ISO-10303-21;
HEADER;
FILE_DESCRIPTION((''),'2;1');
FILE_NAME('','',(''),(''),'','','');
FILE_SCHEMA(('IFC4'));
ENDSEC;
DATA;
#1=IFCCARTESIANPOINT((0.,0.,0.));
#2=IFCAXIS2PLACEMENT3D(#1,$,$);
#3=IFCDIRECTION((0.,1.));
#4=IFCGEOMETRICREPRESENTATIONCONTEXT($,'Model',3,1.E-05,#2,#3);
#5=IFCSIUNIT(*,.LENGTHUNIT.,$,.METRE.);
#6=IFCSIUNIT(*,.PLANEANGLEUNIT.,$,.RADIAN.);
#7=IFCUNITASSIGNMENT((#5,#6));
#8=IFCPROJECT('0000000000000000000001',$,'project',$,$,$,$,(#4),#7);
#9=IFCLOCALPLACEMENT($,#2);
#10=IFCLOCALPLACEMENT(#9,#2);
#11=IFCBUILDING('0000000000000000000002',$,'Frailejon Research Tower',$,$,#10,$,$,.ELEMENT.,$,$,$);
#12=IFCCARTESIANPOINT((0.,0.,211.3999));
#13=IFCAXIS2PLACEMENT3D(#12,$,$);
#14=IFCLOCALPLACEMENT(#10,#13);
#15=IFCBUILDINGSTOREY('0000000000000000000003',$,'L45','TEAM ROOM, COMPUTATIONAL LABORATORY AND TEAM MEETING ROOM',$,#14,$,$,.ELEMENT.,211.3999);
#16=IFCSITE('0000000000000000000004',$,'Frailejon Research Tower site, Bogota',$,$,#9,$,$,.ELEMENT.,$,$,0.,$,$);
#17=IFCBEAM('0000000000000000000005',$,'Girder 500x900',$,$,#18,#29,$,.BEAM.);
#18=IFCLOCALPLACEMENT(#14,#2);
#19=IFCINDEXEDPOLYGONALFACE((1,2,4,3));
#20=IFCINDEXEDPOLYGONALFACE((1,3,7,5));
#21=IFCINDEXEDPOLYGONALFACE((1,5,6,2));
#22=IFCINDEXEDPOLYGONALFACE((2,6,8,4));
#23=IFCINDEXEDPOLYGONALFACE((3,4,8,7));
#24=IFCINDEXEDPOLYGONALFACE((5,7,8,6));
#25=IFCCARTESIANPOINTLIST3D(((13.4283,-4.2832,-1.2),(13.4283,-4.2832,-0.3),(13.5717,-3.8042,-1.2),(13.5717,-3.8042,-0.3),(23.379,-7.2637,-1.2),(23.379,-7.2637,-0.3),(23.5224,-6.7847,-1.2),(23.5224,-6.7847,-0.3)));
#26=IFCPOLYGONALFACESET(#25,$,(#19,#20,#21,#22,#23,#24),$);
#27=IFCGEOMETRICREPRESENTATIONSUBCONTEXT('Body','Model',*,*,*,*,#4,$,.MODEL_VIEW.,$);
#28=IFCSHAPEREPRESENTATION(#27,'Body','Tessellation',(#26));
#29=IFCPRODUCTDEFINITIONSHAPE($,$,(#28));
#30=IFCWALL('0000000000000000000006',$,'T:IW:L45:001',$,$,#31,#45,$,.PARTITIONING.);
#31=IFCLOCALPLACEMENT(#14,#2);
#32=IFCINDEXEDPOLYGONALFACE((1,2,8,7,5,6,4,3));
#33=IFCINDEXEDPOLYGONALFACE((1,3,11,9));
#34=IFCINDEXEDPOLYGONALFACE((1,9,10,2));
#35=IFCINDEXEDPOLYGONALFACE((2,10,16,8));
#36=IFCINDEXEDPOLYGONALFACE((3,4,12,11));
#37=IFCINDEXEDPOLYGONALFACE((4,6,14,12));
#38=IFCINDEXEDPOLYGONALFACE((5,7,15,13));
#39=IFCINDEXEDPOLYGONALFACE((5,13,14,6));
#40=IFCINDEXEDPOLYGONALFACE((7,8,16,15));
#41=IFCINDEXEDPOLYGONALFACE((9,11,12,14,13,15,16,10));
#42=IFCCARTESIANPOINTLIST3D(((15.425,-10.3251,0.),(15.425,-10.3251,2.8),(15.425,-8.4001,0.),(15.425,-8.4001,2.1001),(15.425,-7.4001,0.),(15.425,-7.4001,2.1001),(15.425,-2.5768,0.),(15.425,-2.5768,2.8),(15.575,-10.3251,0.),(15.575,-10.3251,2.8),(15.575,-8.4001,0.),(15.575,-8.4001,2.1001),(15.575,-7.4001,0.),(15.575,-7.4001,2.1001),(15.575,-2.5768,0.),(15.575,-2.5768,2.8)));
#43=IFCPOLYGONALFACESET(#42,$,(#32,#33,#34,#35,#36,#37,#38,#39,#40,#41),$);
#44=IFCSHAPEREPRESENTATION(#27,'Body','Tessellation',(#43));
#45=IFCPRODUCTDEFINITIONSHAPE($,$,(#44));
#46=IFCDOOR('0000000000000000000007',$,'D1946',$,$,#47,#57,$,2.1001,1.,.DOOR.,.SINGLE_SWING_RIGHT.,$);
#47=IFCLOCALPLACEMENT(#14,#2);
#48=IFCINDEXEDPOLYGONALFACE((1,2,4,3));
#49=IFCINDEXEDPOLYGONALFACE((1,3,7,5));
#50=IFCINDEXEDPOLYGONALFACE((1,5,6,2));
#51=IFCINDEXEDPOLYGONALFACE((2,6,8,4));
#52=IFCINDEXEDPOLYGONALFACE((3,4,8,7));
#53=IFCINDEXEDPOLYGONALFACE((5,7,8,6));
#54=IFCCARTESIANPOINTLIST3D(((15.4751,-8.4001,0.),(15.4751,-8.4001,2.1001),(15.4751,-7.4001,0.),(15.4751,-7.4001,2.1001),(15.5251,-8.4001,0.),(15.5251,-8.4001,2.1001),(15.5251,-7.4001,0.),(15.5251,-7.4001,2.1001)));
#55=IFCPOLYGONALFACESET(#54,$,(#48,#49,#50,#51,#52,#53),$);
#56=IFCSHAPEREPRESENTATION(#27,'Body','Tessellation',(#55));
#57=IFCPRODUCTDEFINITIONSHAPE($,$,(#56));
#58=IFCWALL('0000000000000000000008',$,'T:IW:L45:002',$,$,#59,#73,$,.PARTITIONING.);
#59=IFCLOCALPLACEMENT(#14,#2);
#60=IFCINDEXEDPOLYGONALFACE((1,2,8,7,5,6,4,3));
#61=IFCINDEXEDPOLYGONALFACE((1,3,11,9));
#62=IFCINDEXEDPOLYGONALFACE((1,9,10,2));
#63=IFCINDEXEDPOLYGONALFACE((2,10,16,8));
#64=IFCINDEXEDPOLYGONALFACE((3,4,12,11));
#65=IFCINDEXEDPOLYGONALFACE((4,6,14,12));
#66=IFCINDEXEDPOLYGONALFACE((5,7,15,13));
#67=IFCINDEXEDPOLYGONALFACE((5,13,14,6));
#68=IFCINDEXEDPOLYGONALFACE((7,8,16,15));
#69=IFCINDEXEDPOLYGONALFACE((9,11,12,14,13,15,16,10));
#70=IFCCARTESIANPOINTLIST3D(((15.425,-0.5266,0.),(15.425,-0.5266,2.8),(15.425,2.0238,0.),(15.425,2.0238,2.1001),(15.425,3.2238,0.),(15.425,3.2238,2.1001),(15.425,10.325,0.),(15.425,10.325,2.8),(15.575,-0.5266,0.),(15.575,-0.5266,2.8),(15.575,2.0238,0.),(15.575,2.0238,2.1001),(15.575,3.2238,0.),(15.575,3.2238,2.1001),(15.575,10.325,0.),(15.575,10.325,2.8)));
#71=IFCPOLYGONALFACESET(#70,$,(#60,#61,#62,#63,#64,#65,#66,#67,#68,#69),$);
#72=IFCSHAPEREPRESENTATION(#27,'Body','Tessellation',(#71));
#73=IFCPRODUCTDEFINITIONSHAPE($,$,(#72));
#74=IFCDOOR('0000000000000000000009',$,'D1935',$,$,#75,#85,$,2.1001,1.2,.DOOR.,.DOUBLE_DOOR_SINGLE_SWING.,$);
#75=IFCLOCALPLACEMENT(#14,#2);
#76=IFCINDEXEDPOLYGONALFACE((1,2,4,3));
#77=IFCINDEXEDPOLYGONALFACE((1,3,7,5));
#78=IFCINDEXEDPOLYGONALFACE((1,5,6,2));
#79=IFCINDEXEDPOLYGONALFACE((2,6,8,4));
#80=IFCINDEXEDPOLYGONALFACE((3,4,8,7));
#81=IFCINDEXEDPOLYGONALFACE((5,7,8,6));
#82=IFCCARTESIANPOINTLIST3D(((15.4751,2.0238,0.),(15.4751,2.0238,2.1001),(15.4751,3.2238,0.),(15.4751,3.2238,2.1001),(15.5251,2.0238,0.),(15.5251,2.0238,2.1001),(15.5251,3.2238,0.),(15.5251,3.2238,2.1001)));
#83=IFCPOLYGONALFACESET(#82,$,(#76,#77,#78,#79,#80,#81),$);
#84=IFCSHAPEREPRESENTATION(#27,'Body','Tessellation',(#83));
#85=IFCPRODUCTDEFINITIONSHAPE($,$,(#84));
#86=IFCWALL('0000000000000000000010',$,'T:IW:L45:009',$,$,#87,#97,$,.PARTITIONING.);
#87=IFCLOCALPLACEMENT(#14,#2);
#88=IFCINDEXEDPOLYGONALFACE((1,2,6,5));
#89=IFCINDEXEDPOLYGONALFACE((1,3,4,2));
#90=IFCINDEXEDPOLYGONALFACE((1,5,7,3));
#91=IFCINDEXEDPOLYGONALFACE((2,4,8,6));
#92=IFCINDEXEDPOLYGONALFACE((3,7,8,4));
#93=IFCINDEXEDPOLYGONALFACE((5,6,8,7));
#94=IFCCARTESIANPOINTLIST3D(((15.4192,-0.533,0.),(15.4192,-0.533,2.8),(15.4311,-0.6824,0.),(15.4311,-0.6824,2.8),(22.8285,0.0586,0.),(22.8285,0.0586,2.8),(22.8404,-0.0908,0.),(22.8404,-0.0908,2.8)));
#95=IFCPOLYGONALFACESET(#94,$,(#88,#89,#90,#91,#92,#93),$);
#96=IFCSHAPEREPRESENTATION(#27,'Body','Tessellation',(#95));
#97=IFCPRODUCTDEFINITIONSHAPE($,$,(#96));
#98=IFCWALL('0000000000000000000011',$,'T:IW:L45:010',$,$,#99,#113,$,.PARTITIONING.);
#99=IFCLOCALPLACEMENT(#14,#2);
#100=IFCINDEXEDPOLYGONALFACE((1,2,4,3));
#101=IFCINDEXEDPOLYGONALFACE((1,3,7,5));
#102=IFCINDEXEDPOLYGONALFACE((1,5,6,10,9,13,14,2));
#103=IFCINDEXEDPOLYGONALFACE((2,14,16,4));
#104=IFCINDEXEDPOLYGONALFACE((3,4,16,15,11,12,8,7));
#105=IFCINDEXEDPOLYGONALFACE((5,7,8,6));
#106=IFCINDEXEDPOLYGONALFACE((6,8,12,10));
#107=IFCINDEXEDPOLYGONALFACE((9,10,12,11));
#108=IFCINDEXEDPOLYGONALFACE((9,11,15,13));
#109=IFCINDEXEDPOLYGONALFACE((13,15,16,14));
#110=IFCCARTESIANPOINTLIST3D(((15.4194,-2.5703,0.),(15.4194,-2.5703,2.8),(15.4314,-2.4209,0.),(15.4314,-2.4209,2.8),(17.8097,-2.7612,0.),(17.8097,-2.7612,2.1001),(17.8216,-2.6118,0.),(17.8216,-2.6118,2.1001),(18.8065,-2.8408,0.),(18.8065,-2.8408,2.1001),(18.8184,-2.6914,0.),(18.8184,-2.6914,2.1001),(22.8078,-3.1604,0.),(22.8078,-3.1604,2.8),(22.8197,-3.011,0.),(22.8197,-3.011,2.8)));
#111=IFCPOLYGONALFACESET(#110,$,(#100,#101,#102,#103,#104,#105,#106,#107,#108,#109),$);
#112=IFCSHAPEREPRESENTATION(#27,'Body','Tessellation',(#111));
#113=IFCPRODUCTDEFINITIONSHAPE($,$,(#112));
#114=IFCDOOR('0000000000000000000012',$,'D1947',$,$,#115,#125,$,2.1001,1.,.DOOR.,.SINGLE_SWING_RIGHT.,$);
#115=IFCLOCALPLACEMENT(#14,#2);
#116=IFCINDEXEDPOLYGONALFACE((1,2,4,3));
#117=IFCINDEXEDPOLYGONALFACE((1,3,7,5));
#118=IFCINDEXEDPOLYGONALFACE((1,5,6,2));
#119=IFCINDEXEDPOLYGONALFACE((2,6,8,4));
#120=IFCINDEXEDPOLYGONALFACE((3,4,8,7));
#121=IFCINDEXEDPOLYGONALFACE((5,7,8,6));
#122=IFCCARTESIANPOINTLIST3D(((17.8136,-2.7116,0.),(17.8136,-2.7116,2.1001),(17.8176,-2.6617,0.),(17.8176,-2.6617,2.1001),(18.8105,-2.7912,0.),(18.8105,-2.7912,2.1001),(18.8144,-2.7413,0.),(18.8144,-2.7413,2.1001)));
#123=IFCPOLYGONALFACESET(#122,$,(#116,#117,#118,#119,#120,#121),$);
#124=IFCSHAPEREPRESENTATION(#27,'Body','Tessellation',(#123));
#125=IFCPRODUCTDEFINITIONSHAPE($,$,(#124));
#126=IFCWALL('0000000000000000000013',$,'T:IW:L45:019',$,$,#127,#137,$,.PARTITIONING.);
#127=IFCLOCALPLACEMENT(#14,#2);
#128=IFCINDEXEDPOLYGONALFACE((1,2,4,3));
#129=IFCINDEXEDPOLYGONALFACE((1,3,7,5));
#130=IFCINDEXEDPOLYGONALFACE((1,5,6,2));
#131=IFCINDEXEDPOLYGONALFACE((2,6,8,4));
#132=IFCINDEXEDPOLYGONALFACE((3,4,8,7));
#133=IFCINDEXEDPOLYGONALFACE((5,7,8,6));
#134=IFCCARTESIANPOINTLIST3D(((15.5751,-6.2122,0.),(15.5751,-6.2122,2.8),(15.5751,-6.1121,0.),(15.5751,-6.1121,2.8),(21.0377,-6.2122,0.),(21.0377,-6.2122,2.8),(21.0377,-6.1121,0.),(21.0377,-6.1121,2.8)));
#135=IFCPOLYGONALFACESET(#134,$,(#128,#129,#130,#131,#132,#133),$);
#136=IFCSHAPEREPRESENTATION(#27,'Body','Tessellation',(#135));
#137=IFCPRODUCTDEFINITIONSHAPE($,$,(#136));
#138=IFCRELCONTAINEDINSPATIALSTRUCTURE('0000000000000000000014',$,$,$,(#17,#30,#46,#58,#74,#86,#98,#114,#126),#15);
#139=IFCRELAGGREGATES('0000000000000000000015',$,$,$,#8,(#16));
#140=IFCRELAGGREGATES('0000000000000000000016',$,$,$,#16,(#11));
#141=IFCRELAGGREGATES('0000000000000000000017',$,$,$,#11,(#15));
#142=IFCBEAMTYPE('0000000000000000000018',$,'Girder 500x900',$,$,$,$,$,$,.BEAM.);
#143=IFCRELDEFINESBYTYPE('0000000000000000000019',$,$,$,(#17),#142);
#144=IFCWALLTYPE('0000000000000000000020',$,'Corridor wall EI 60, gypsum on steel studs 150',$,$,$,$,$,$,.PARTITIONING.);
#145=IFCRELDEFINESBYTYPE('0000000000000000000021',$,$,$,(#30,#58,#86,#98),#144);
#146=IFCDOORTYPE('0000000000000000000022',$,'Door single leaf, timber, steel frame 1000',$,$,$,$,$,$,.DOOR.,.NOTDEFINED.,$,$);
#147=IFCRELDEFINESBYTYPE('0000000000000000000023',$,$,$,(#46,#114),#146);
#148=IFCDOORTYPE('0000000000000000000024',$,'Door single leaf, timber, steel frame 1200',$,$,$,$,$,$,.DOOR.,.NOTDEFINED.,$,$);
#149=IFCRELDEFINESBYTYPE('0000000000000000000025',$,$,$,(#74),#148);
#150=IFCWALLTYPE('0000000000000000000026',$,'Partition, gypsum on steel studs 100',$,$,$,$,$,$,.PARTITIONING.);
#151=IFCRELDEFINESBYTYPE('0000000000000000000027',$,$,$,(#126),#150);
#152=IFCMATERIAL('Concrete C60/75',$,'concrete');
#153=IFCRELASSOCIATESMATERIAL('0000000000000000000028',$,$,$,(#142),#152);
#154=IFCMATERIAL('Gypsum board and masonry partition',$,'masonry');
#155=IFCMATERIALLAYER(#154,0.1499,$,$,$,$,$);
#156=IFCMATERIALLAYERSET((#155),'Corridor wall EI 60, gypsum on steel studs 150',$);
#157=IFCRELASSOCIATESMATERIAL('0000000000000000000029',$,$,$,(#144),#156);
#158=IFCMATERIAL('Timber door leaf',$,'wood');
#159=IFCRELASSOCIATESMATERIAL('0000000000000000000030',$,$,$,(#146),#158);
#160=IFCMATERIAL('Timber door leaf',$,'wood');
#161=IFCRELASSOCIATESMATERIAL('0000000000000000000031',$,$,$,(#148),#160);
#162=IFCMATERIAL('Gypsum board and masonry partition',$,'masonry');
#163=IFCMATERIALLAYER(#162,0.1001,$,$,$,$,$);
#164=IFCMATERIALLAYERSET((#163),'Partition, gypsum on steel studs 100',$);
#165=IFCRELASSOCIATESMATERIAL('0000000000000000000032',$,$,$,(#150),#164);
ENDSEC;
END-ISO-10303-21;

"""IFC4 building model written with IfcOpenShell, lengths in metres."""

from ifc_helpers import new_model, si_unit, direction, frame, frame_2d, origin, origin_2d, place, context, subcontext, project, spatial, rectangle, extrude, material, layer, layer_set, material_profile, profile_set, type_object, element, fill, save


model = new_model("IFC4")

# Units and contexts
model_context = context("Model", 3, precision=1e-05, world=origin(), true_north=direction((0.0, 1.0)))
body_context = subcontext(model_context, "Body", "Model", "MODEL_VIEW")
ifc_project = project(units=[si_unit("LENGTHUNIT", "METRE"), si_unit("PLANEANGLEUNIT", "RADIAN")], contexts=[model_context])

# Site, building, storey
site_placement = place(None, origin())
site = spatial("IfcSite", under=ifc_project, at=site_placement, Name="Frailejon Research Tower site, Bogota", CompositionType="ELEMENT", RefElevation=0.0)
building_placement = place(site_placement, origin())
building = spatial("IfcBuilding", under=site, at=building_placement, Name="Frailejon Research Tower", CompositionType="ELEMENT")
storey_placement = place(building_placement, frame((0.0, 0.0, 211.3999)))
storey = spatial("IfcBuildingStorey", under=building, at=storey_placement, Name="L45", Description="TEAM ROOM, COMPUTATIONAL LABORATORY AND TEAM MEETING ROOM", CompositionType="ELEMENT", Elevation=211.3999)

# Beam
ifc_material_1 = material(Name="Concrete C60/75", Category="concrete")
ifc_material_profile_1 = material_profile(ifc_material_1, rectangle(XDim=0.5, YDim=0.8999, at=origin_2d()), Name="Girder 500x900")
ifc_profile_set_1 = profile_set([ifc_material_profile_1], Name="Concrete C60/75")
beam_type_1 = type_object("IfcBeamType", Name="Girder 500x900", PredefinedType="BEAM", material=ifc_profile_set_1)
beam_1_placement = place(storey_placement, frame((23.4507, -7.0242, -0.75), z_axis=(-0.957952, 0.28693, 0.0), x_axis=(-0.28693, -0.957952, 0.0)))
element("IfcBeam", 1, at=beam_1_placement, inside=storey, type_object=beam_type_1, Name="Girder 500x900", PredefinedType="BEAM", context=body_context, shape_type="SweptSolid", body=[
    extrude(rectangle(XDim=0.5, YDim=0.8999, at=origin_2d()), origin(), (0.0, 0.0, 1.0), 10.3875),
])

# Walls, openings, doors
ifc_material_2 = material(Name="Gypsum board and masonry partition", Category="masonry")
ifc_layer_1 = layer(ifc_material_2, 0.1499)
ifc_layer_set_1 = layer_set([ifc_layer_1], Name="Corridor wall EI 60, gypsum on steel studs 150")
wall_type_1 = type_object("IfcWallType", Name="Corridor wall EI 60, gypsum on steel studs 150", PredefinedType="PARTITIONING", material=ifc_layer_set_1)
wall_1_placement = place(storey_placement, frame((15.5, -10.325, 0.0), z_axis=(0.0, 0.0, 1.0), x_axis=(0.0, 1.0, 0.0)))
wall_1 = element("IfcWall", 2, at=wall_1_placement, inside=storey, type_object=wall_type_1, Name="T:IW:L45:001", PredefinedType="PARTITIONING", context=body_context, shape_type="SweptSolid", body=[
    extrude(rectangle(XDim=7.7483, YDim=0.1499, at=frame_2d((3.874, 0.0))), origin(), (0.0, 0.0, 1.0), 2.8),
])
opening_1_placement = place(wall_1_placement, frame((1.9248, 0.0, 0.0)))
opening_1 = element("IfcOpeningElement", 3, at=opening_1_placement, cuts=wall_1, PredefinedType="OPENING", context=body_context, shape_type="SweptSolid", body=[
    extrude(rectangle(XDim=1.0, YDim=2.1001, at=frame_2d((0.5, 1.05))), frame((0.0, 0.085, 0.0), z_axis=(0.0, -1.0, 0.0), x_axis=(1.0, 0.0, 0.0)), (0.0, 0.0, 1.0), 0.1699),
])
ifc_material_3 = material(Name="Timber door leaf", Category="wood")
door_type_1 = type_object("IfcDoorType", Name="Door single leaf, timber, steel frame 1000", OperationType="NOTDEFINED", PredefinedType="DOOR", material=ifc_material_3)
door_1_placement = place(opening_1_placement, origin())
door_1 = element("IfcDoor", 4, at=door_1_placement, inside=storey, type_object=door_type_1, Name="D1946", OperationType="SINGLE_SWING_RIGHT", OverallHeight=2.1001, OverallWidth=1.0, PredefinedType="DOOR", context=body_context, shape_type="SweptSolid", body=[
    extrude(rectangle(XDim=1.0, YDim=2.1001, at=frame_2d((0.5, 1.05))), frame((0.0, 0.0249, 0.0), z_axis=(0.0, -1.0, 0.0), x_axis=(1.0, 0.0, 0.0)), (0.0, 0.0, 1.0), 0.05),
])
fill(opening_1, door_1)
wall_2_placement = place(storey_placement, frame((15.5, -0.5266, 0.0), z_axis=(0.0, 0.0, 1.0), x_axis=(0.0, 1.0, 0.0)))
wall_2 = element("IfcWall", 5, at=wall_2_placement, inside=storey, type_object=wall_type_1, Name="T:IW:L45:002", PredefinedType="PARTITIONING", context=body_context, shape_type="SweptSolid", body=[
    extrude(rectangle(XDim=10.8516, YDim=0.1499, at=frame_2d((5.4258, 0.0))), origin(), (0.0, 0.0, 1.0), 2.8),
])
opening_2_placement = place(wall_2_placement, frame((2.5503, 0.0, 0.0)))
opening_2 = element("IfcOpeningElement", 6, at=opening_2_placement, cuts=wall_2, PredefinedType="OPENING", context=body_context, shape_type="SweptSolid", body=[
    extrude(rectangle(XDim=1.2, YDim=2.1001, at=frame_2d((0.6001, 1.05))), frame((0.0, 0.085, 0.0), z_axis=(0.0, -1.0, 0.0), x_axis=(1.0, 0.0, 0.0)), (0.0, 0.0, 1.0), 0.1699),
])
ifc_material_4 = material(Name="Timber door leaf", Category="wood")
door_type_2 = type_object("IfcDoorType", Name="Door single leaf, timber, steel frame 1200", OperationType="NOTDEFINED", PredefinedType="DOOR", material=ifc_material_4)
door_2_placement = place(opening_2_placement, origin())
door_2 = element("IfcDoor", 7, at=door_2_placement, inside=storey, type_object=door_type_2, Name="D1935", OperationType="DOUBLE_DOOR_SINGLE_SWING", OverallHeight=2.1001, OverallWidth=1.2, PredefinedType="DOOR", context=body_context, shape_type="SweptSolid", body=[
    extrude(rectangle(XDim=1.2, YDim=2.1001, at=frame_2d((0.6001, 1.05))), frame((0.0, 0.0249, 0.0), z_axis=(0.0, -1.0, 0.0), x_axis=(1.0, 0.0, 0.0)), (0.0, 0.0, 1.0), 0.05),
])
fill(opening_2, door_2)

# Wall
wall_3_placement = place(storey_placement, frame((15.4253, -0.6077, 0.0), z_axis=(0.0, 0.0, 1.0), x_axis=(0.996828, 0.079587, 0.0)))
element("IfcWall", 8, at=wall_3_placement, inside=storey, type_object=wall_type_1, Name="T:IW:L45:009", PredefinedType="PARTITIONING", context=body_context, shape_type="SweptSolid", body=[
    extrude(rectangle(XDim=7.4329, YDim=0.1499, at=frame_2d((3.7163, 0.0))), origin(), (0.0, 0.0, 1.0), 2.8),
])

# Wall, opening, door
wall_4_placement = place(storey_placement, frame((15.4253, -2.4956, 0.0), z_axis=(0.0, 0.0, 1.0), x_axis=(0.996826, -0.079613, 0.0)))
wall_4 = element("IfcWall", 9, at=wall_4_placement, inside=storey, type_object=wall_type_1, Name="T:IW:L45:010", PredefinedType="PARTITIONING", context=body_context, shape_type="SweptSolid", body=[
    extrude(rectangle(XDim=7.4119, YDim=0.1499, at=frame_2d((3.7061, 0.0))), origin(), (0.0, 0.0, 1.0), 2.8),
])
opening_3_placement = place(wall_4_placement, frame((2.3979, 0.0, 0.0)))
opening_3 = element("IfcOpeningElement", 10, at=opening_3_placement, cuts=wall_4, PredefinedType="OPENING", context=body_context, shape_type="SweptSolid", body=[
    extrude(rectangle(XDim=1.0, YDim=2.1001, at=frame_2d((0.5, 1.05))), frame((0.0, 0.085, 0.0), z_axis=(0.0, -1.0, 0.0), x_axis=(1.0, 0.0, 0.0)), (0.0, 0.0, 1.0), 0.1699),
])
door_3_placement = place(opening_3_placement, origin())
door_3 = element("IfcDoor", 11, at=door_3_placement, inside=storey, type_object=door_type_1, Name="D1947", OperationType="SINGLE_SWING_RIGHT", OverallHeight=2.1001, OverallWidth=1.0, PredefinedType="DOOR", context=body_context, shape_type="SweptSolid", body=[
    extrude(rectangle(XDim=1.0, YDim=2.1001, at=frame_2d((0.5, 1.05))), frame((0.0, 0.0249, 0.0), z_axis=(0.0, -1.0, 0.0), x_axis=(1.0, 0.0, 0.0)), (0.0, 0.0, 1.0), 0.05),
])
fill(opening_3, door_3)

# Wall
ifc_material_5 = material(Name="Gypsum board and masonry partition", Category="masonry")
ifc_layer_2 = layer(ifc_material_5, 0.1001)
ifc_layer_set_2 = layer_set([ifc_layer_2], Name="Partition, gypsum on steel studs 100")
wall_type_2 = type_object("IfcWallType", Name="Partition, gypsum on steel studs 100", PredefinedType="PARTITIONING", material=ifc_layer_set_2)
wall_5_placement = place(storey_placement, frame((15.575, -6.1621, 0.0), z_axis=(0.0, 0.0, 1.0), x_axis=(1.0, 0.0, 0.0)))
element("IfcWall", 12, at=wall_5_placement, inside=storey, type_object=wall_type_2, Name="T:IW:L45:019", PredefinedType="PARTITIONING", context=body_context, shape_type="SweptSolid", body=[
    extrude(rectangle(XDim=5.4626, YDim=0.1001, at=frame_2d((2.7314, 0.0))), origin(), (0.0, 0.0, 1.0), 2.8),
])

save(model, "model.ifc")
